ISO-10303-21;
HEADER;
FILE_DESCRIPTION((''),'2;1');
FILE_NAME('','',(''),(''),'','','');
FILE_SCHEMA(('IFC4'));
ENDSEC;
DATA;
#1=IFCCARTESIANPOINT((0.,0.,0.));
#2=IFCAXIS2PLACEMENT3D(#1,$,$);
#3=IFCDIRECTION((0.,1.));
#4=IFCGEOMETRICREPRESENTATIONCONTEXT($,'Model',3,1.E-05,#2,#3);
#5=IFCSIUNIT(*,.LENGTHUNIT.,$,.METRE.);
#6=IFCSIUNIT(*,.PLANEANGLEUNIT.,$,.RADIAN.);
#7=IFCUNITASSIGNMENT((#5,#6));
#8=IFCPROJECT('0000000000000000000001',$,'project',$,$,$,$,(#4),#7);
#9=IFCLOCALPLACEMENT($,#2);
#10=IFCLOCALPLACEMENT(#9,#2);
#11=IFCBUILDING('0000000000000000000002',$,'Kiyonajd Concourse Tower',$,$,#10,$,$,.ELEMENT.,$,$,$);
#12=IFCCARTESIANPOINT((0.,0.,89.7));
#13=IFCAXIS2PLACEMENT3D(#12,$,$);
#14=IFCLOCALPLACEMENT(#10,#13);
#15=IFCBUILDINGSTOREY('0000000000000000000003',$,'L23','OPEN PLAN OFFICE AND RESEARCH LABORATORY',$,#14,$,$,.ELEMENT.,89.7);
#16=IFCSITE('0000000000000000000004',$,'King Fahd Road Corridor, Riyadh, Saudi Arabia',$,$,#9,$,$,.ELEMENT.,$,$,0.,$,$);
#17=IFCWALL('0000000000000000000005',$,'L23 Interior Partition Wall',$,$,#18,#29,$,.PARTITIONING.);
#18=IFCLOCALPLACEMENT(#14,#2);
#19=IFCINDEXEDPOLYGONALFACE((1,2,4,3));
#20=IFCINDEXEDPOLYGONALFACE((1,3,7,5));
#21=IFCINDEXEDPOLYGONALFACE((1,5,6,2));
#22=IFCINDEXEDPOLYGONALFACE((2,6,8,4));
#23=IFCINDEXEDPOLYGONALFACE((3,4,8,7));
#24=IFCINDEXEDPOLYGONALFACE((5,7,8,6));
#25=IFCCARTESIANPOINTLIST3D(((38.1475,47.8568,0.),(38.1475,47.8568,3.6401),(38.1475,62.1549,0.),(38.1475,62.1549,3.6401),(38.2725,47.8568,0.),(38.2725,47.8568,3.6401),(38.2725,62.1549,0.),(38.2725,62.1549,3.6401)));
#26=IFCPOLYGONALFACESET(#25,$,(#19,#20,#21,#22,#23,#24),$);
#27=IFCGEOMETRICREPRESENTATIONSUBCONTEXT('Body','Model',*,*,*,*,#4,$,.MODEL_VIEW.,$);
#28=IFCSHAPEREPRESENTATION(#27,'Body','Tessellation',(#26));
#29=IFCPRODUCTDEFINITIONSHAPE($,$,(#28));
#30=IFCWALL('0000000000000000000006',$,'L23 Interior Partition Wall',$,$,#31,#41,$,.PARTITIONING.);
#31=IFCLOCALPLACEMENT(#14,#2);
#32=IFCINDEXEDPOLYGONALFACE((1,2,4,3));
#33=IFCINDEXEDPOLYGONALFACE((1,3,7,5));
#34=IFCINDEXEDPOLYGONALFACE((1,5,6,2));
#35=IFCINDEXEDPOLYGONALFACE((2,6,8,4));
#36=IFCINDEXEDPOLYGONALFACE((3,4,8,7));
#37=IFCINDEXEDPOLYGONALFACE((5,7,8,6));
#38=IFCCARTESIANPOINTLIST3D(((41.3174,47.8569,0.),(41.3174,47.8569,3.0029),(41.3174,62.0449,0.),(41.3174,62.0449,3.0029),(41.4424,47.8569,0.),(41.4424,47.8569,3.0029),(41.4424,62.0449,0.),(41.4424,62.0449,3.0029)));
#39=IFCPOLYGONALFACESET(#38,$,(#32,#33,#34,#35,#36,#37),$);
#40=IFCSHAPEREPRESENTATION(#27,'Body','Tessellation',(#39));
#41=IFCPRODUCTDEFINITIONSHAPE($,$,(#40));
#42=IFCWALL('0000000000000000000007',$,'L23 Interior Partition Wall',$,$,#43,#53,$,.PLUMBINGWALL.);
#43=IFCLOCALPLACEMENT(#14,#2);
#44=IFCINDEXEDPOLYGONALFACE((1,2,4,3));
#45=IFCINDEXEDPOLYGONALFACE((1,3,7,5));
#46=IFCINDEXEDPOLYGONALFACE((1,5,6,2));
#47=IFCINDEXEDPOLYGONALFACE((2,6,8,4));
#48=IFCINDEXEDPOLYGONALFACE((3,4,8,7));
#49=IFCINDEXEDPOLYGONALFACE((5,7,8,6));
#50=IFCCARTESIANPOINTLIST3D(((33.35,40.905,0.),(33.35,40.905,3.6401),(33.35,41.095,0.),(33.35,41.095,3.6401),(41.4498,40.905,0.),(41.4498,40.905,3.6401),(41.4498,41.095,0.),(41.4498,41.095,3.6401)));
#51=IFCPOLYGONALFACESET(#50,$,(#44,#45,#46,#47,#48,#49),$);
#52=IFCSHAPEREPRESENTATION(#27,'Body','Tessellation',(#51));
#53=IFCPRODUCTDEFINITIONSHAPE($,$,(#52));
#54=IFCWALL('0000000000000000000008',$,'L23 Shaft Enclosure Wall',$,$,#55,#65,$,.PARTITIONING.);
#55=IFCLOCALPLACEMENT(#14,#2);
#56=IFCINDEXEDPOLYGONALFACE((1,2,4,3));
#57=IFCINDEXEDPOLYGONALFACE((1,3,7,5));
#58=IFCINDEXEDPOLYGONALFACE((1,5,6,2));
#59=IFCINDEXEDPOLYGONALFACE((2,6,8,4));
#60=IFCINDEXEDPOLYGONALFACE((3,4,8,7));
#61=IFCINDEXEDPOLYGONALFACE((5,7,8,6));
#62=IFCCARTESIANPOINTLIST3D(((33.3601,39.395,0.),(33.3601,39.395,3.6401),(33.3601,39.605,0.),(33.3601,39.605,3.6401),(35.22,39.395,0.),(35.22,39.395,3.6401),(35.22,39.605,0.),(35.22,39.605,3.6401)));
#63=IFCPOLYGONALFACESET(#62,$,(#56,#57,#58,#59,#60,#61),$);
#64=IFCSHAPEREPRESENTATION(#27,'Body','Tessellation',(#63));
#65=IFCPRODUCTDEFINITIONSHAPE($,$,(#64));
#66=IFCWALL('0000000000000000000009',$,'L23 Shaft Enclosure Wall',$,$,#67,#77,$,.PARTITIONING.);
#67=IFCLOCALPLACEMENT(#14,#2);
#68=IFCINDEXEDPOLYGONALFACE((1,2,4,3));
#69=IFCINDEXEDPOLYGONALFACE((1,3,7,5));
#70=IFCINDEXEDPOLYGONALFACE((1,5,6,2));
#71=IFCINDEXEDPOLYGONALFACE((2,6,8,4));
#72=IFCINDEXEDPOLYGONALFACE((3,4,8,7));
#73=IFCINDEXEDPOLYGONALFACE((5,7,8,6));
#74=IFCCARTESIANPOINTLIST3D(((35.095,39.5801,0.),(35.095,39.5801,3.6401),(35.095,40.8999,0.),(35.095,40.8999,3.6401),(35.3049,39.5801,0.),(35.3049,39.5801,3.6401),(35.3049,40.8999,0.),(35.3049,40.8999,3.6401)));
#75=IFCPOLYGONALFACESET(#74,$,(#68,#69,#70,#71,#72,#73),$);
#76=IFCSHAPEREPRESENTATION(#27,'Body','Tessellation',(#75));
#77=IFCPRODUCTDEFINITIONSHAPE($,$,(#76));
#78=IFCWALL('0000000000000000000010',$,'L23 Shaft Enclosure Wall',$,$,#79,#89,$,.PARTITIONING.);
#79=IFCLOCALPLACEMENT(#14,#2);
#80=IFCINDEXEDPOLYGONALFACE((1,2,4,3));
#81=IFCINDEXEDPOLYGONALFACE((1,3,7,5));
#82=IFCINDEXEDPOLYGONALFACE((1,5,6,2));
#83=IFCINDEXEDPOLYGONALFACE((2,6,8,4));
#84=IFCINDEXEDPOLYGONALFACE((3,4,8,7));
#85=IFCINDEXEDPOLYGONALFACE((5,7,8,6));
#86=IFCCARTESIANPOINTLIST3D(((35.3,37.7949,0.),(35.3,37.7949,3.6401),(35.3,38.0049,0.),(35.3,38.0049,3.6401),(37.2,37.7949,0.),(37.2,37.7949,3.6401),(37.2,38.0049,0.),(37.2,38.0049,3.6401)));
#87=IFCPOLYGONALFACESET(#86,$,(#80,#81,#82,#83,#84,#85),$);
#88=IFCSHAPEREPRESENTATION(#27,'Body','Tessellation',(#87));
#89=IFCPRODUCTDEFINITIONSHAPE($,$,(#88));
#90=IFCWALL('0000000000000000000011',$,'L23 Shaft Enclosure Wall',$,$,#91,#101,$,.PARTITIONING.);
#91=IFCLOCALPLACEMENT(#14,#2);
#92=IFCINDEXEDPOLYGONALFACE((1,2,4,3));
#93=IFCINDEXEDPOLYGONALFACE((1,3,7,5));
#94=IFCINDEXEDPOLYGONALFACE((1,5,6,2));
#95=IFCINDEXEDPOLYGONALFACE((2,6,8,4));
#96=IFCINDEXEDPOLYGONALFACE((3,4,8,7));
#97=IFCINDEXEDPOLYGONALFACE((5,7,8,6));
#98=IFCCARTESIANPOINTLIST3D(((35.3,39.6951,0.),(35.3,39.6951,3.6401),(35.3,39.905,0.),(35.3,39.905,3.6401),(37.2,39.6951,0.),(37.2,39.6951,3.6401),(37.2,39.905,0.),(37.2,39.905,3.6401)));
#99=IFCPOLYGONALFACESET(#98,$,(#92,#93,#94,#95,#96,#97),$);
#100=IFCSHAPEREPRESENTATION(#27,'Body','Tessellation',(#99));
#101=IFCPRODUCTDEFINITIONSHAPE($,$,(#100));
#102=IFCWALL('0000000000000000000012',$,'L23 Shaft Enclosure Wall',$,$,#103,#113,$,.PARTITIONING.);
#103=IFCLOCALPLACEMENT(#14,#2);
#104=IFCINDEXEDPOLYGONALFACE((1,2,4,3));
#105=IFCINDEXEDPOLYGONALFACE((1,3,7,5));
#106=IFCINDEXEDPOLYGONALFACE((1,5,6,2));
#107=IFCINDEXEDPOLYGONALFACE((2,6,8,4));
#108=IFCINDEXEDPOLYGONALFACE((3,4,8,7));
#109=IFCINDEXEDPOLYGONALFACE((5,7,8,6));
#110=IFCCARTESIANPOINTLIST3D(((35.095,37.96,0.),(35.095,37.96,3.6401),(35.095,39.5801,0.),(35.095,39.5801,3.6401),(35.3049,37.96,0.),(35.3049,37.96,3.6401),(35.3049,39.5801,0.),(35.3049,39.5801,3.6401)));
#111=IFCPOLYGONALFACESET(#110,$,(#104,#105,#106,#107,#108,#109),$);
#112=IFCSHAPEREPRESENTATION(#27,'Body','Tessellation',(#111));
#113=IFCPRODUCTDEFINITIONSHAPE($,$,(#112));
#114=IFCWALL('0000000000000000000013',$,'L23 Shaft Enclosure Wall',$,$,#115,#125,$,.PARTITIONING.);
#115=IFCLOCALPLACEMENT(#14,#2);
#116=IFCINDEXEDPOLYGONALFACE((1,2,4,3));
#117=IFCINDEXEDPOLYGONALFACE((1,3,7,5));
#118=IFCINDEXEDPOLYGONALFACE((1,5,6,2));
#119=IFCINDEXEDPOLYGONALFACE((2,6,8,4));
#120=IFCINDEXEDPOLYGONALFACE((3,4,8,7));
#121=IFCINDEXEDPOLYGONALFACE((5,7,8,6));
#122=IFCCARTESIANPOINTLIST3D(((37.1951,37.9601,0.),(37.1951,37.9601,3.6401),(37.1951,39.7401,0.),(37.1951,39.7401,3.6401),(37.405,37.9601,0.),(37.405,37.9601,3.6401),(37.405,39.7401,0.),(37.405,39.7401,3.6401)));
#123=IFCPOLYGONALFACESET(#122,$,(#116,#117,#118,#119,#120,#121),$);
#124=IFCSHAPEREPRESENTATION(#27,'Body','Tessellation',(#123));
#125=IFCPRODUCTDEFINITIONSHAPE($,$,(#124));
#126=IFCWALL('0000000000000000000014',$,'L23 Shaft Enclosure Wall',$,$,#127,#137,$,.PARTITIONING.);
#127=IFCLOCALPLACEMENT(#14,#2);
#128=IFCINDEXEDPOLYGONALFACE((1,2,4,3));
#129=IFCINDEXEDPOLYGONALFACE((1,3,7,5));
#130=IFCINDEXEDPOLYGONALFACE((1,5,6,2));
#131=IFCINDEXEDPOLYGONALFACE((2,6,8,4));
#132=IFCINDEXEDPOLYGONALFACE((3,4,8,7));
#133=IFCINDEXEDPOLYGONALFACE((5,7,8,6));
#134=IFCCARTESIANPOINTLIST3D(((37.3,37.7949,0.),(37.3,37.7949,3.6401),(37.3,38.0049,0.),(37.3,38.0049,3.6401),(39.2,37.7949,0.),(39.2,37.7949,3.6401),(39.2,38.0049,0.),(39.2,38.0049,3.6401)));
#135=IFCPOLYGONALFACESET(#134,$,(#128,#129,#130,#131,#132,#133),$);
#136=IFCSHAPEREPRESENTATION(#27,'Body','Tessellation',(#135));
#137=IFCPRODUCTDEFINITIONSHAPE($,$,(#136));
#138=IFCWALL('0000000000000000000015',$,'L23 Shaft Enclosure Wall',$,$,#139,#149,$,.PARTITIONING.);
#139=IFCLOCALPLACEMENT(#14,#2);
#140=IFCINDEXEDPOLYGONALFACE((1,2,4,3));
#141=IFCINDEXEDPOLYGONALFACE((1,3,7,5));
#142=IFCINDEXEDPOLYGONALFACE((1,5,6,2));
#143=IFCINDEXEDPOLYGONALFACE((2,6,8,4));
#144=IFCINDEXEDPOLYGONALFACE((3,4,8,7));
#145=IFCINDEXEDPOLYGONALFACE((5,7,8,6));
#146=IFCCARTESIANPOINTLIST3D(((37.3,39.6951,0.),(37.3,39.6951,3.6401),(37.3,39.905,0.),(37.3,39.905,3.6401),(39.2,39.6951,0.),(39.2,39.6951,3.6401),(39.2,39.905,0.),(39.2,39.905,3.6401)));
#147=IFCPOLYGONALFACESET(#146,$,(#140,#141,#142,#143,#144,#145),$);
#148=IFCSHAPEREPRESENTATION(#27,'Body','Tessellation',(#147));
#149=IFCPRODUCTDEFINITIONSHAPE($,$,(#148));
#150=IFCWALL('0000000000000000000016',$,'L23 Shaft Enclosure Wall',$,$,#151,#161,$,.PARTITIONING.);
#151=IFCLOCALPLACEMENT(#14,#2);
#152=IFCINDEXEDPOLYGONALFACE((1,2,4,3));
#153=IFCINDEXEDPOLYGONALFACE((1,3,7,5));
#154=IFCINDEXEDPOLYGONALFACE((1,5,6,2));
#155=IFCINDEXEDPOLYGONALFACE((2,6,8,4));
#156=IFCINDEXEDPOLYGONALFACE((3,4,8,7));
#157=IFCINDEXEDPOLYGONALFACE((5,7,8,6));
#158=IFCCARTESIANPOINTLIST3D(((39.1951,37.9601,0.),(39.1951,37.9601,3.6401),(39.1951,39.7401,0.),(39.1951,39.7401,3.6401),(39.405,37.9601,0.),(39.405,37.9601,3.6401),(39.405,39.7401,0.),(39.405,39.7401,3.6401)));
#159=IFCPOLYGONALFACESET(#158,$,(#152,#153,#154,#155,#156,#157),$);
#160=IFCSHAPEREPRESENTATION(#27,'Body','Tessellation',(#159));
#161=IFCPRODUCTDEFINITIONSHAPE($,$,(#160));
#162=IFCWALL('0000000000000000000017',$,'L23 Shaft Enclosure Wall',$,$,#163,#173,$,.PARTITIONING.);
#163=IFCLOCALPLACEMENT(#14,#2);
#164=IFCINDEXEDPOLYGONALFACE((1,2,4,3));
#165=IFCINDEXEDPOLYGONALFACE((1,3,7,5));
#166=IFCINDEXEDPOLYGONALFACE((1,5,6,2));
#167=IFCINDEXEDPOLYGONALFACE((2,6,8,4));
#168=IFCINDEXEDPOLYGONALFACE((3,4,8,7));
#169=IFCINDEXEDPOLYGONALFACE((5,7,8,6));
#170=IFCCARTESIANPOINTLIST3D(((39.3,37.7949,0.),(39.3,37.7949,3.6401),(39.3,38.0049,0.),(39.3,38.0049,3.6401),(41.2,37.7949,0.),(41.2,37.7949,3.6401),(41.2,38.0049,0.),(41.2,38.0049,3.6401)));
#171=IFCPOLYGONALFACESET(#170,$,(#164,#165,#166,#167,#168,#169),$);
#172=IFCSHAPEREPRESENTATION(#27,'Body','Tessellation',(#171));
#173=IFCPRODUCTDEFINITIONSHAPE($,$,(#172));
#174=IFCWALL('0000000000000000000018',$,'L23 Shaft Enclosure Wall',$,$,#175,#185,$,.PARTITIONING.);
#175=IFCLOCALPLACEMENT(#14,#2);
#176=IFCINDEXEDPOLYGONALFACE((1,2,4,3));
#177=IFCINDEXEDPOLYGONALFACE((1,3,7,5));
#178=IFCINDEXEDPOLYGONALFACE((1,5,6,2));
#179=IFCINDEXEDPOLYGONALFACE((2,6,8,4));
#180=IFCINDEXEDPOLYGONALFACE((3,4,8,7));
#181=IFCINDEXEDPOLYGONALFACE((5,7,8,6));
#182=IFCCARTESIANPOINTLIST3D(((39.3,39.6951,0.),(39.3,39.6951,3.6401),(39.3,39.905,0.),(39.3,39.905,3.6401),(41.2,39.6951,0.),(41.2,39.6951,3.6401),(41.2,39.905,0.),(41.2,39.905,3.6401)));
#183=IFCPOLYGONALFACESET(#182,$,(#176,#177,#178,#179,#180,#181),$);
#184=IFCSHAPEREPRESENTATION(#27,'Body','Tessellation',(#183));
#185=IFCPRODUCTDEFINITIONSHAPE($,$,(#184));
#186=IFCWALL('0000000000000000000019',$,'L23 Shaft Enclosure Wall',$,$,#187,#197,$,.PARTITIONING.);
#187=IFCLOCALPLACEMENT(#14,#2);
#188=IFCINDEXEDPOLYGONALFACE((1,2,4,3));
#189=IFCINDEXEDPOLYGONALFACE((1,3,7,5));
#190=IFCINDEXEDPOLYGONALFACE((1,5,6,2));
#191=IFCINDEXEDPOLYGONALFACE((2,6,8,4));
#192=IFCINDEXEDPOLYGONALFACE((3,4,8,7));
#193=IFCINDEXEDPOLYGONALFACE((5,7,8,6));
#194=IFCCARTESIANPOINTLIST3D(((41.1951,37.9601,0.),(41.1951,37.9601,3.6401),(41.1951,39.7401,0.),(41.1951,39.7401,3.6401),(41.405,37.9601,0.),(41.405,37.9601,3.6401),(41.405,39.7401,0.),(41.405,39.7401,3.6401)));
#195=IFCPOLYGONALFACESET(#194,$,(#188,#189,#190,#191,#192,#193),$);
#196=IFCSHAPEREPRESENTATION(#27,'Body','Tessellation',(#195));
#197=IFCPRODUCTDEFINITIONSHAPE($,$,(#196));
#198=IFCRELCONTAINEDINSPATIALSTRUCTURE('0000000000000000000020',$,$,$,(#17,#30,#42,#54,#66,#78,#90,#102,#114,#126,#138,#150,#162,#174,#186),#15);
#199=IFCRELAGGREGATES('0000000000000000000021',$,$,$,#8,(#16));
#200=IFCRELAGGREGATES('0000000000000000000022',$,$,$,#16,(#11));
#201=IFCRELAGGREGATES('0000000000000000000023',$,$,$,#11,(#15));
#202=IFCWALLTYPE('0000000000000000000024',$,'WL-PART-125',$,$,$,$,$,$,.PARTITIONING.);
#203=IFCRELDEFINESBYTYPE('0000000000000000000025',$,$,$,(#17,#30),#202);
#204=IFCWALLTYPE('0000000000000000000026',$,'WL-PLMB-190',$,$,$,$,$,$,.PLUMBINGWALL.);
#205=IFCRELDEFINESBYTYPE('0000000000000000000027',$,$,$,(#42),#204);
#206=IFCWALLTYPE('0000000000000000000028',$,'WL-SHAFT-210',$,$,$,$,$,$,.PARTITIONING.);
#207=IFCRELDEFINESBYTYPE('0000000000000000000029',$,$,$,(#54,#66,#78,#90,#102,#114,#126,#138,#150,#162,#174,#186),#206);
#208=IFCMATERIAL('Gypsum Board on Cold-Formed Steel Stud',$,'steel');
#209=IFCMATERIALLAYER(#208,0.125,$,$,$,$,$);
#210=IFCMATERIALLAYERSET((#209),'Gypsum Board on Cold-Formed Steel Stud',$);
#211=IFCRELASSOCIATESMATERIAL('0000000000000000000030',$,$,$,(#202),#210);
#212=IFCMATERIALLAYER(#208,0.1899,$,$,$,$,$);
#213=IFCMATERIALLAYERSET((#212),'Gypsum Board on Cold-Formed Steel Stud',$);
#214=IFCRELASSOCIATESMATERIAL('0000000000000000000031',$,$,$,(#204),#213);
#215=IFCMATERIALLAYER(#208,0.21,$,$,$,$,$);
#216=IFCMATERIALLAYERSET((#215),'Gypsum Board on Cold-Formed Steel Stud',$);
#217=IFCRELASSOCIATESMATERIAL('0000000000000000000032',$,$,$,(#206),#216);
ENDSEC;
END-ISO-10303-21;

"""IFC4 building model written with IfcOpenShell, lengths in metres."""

from ifc_helpers import new_model, si_unit, direction, frame, frame_2d, origin, place, context, subcontext, project, spatial, rectangle, extrude, material, layer, layer_set, type_object, element, save


model = new_model("IFC4")

# Units and contexts
model_context = context("Model", 3, precision=1e-05, world=origin(), true_north=direction((0.0, 1.0)))
body_context = subcontext(model_context, "Body", "Model", "MODEL_VIEW")
ifc_project = project(units=[si_unit("LENGTHUNIT", "METRE"), si_unit("PLANEANGLEUNIT", "RADIAN")], contexts=[model_context])

# Site, building, storey
site_placement = place(None, origin())
site = spatial("IfcSite", under=ifc_project, at=site_placement, Name="King Fahd Road Corridor, Riyadh, Saudi Arabia", CompositionType="ELEMENT", RefElevation=0.0)
building_placement = place(site_placement, origin())
building = spatial("IfcBuilding", under=site, at=building_placement, Name="Kiyonajd Concourse Tower", CompositionType="ELEMENT")
storey_placement = place(building_placement, frame((0.0, 0.0, 89.7)))
storey = spatial("IfcBuildingStorey", under=building, at=storey_placement, Name="L23", Description="OPEN PLAN OFFICE AND RESEARCH LABORATORY", CompositionType="ELEMENT", Elevation=89.7)

# Walls
ifc_material_1 = material(Name="Gypsum Board on Cold-Formed Steel Stud", Category="steel")
ifc_layer_1 = layer(ifc_material_1, 0.125)
ifc_layer_set_1 = layer_set([ifc_layer_1], Name="Gypsum Board on Cold-Formed Steel Stud")
wall_type_1 = type_object("IfcWallType", Name="WL-PART-125", PredefinedType="PARTITIONING", material=ifc_layer_set_1)
wall_1_placement = place(storey_placement, frame((38.21, 47.8569, 0.0), z_axis=(0.0, 0.0, 1.0), x_axis=(0.0, 1.0, 0.0)))
element("IfcWall", 1, at=wall_1_placement, inside=storey, type_object=wall_type_1, Name="L23 Interior Partition Wall", PredefinedType="PARTITIONING", context=body_context, shape_type="SweptSolid", body=[
    extrude(rectangle(XDim=14.2981, YDim=0.125, at=frame_2d((7.1489, 0.0))), origin(), (0.0, 0.0, 1.0), 3.6401),
])
wall_2_placement = place(storey_placement, frame((41.3799, 47.8569, 0.0), z_axis=(0.0, 0.0, 1.0), x_axis=(0.0, 1.0, 0.0)))
element("IfcWall", 2, at=wall_2_placement, inside=storey, type_object=wall_type_1, Name="L23 Interior Partition Wall", PredefinedType="PARTITIONING", context=body_context, shape_type="SweptSolid", body=[
    extrude(rectangle(XDim=14.188, YDim=0.125, at=frame_2d((7.094, 0.0))), origin(), (0.0, 0.0, 1.0), 3.0029),
])
ifc_layer_2 = layer(ifc_material_1, 0.1899)
ifc_layer_set_2 = layer_set([ifc_layer_2], Name="Gypsum Board on Cold-Formed Steel Stud")
wall_type_2 = type_object("IfcWallType", Name="WL-PLMB-190", PredefinedType="PLUMBINGWALL", material=ifc_layer_set_2)
wall_3_placement = place(storey_placement, frame((33.3501, 41.0, 0.0), z_axis=(0.0, 0.0, 1.0), x_axis=(1.0, 0.0, 0.0)))
element("IfcWall", 3, at=wall_3_placement, inside=storey, type_object=wall_type_2, Name="L23 Interior Partition Wall", PredefinedType="PLUMBINGWALL", context=body_context, shape_type="SweptSolid", body=[
    extrude(rectangle(XDim=8.0999, YDim=0.1899, at=frame_2d((4.0498, 0.0))), origin(), (0.0, 0.0, 1.0), 3.6401),
])
ifc_layer_3 = layer(ifc_material_1, 0.21)
ifc_layer_set_3 = layer_set([ifc_layer_3], Name="Gypsum Board on Cold-Formed Steel Stud")
wall_type_3 = type_object("IfcWallType", Name="WL-SHAFT-210", PredefinedType="PARTITIONING", material=ifc_layer_set_3)
wall_4_placement = place(storey_placement, frame((33.3601, 39.5, 0.0), z_axis=(0.0, 0.0, 1.0), x_axis=(1.0, 0.0, 0.0)))
element("IfcWall", 4, at=wall_4_placement, inside=storey, type_object=wall_type_3, Name="L23 Shaft Enclosure Wall", PredefinedType="PARTITIONING", context=body_context, shape_type="SweptSolid", body=[
    extrude(rectangle(XDim=1.8599, YDim=0.21, at=frame_2d((0.9299, 0.0))), origin(), (0.0, 0.0, 1.0), 3.6401),
])
wall_5_placement = place(storey_placement, frame((35.2, 39.5801, 0.0), z_axis=(0.0, 0.0, 1.0), x_axis=(0.0, 1.0, 0.0)))
element("IfcWall", 5, at=wall_5_placement, inside=storey, type_object=wall_type_3, Name="L23 Shaft Enclosure Wall", PredefinedType="PARTITIONING", context=body_context, shape_type="SweptSolid", body=[
    extrude(rectangle(XDim=1.3198, YDim=0.21, at=frame_2d((0.6599, 0.0))), origin(), (0.0, 0.0, 1.0), 3.6401),
])
for number, where, z_axis, x_axis, name in (
    (6, (35.3, 37.8999, 0.0), (0.0, 0.0, 1.0), (1.0, 0.0, 0.0), "L23 Shaft Enclosure Wall"),
    (7, (35.3, 39.8, 0.0), (0.0, 0.0, 1.0), (1.0, 0.0, 0.0), "L23 Shaft Enclosure Wall"),
):
    element("IfcWall", number, at=place(storey_placement, frame(where, z_axis=z_axis, x_axis=x_axis)), inside=storey, type_object=wall_type_3, Name=name, PredefinedType="PARTITIONING", context=body_context, shape_type="SweptSolid", body=[
        extrude(rectangle(XDim=1.8999, YDim=0.21, at=frame_2d((0.95, 0.0))), origin(), (0.0, 0.0, 1.0), 3.6401),
    ])
wall_6_placement = place(storey_placement, frame((35.2, 37.96, 0.0), z_axis=(0.0, 0.0, 1.0), x_axis=(0.0, 1.0, 0.0)))
element("IfcWall", 8, at=wall_6_placement, inside=storey, type_object=wall_type_3, Name="L23 Shaft Enclosure Wall", PredefinedType="PARTITIONING", context=body_context, shape_type="SweptSolid", body=[
    extrude(rectangle(XDim=1.6201, YDim=0.21, at=frame_2d((0.8101, 0.0))), origin(), (0.0, 0.0, 1.0), 3.6401),
])
wall_7_placement = place(storey_placement, frame((37.3, 37.96, 0.0), z_axis=(0.0, 0.0, 1.0), x_axis=(0.0, 1.0, 0.0)))
element("IfcWall", 9, at=wall_7_placement, inside=storey, type_object=wall_type_3, Name="L23 Shaft Enclosure Wall", PredefinedType="PARTITIONING", context=body_context, shape_type="SweptSolid", body=[
    extrude(rectangle(XDim=1.78, YDim=0.21, at=frame_2d((0.8901, 0.0))), origin(), (0.0, 0.0, 1.0), 3.6401),
])
for number, where, z_axis, x_axis, name in (
    (10, (37.3, 37.8999, 0.0), (0.0, 0.0, 1.0), (1.0, 0.0, 0.0), "L23 Shaft Enclosure Wall"),
    (11, (37.3, 39.8, 0.0), (0.0, 0.0, 1.0), (1.0, 0.0, 0.0), "L23 Shaft Enclosure Wall"),
):
    element("IfcWall", number, at=place(storey_placement, frame(where, z_axis=z_axis, x_axis=x_axis)), inside=storey, type_object=wall_type_3, Name=name, PredefinedType="PARTITIONING", context=body_context, shape_type="SweptSolid", body=[
        extrude(rectangle(XDim=1.8999, YDim=0.21, at=frame_2d((0.95, 0.0))), origin(), (0.0, 0.0, 1.0), 3.6401),
    ])
wall_8_placement = place(storey_placement, frame((39.3, 37.96, 0.0), z_axis=(0.0, 0.0, 1.0), x_axis=(0.0, 1.0, 0.0)))
element("IfcWall", 12, at=wall_8_placement, inside=storey, type_object=wall_type_3, Name="L23 Shaft Enclosure Wall", PredefinedType="PARTITIONING", context=body_context, shape_type="SweptSolid", body=[
    extrude(rectangle(XDim=1.78, YDim=0.21, at=frame_2d((0.8901, 0.0))), origin(), (0.0, 0.0, 1.0), 3.6401),
])
for number, where, z_axis, x_axis, name in (
    (13, (39.3, 37.8999, 0.0), (0.0, 0.0, 1.0), (1.0, 0.0, 0.0), "L23 Shaft Enclosure Wall"),
    (14, (39.3, 39.8, 0.0), (0.0, 0.0, 1.0), (1.0, 0.0, 0.0), "L23 Shaft Enclosure Wall"),
):
    element("IfcWall", number, at=place(storey_placement, frame(where, z_axis=z_axis, x_axis=x_axis)), inside=storey, type_object=wall_type_3, Name=name, PredefinedType="PARTITIONING", context=body_context, shape_type="SweptSolid", body=[
        extrude(rectangle(XDim=1.8999, YDim=0.21, at=frame_2d((0.95, 0.0))), origin(), (0.0, 0.0, 1.0), 3.6401),
    ])
wall_9_placement = place(storey_placement, frame((41.3, 37.96, 0.0), z_axis=(0.0, 0.0, 1.0), x_axis=(0.0, 1.0, 0.0)))
element("IfcWall", 15, at=wall_9_placement, inside=storey, type_object=wall_type_3, Name="L23 Shaft Enclosure Wall", PredefinedType="PARTITIONING", context=body_context, shape_type="SweptSolid", body=[
    extrude(rectangle(XDim=1.78, YDim=0.21, at=frame_2d((0.8901, 0.0))), origin(), (0.0, 0.0, 1.0), 3.6401),
])

save(model, "model.ifc")
